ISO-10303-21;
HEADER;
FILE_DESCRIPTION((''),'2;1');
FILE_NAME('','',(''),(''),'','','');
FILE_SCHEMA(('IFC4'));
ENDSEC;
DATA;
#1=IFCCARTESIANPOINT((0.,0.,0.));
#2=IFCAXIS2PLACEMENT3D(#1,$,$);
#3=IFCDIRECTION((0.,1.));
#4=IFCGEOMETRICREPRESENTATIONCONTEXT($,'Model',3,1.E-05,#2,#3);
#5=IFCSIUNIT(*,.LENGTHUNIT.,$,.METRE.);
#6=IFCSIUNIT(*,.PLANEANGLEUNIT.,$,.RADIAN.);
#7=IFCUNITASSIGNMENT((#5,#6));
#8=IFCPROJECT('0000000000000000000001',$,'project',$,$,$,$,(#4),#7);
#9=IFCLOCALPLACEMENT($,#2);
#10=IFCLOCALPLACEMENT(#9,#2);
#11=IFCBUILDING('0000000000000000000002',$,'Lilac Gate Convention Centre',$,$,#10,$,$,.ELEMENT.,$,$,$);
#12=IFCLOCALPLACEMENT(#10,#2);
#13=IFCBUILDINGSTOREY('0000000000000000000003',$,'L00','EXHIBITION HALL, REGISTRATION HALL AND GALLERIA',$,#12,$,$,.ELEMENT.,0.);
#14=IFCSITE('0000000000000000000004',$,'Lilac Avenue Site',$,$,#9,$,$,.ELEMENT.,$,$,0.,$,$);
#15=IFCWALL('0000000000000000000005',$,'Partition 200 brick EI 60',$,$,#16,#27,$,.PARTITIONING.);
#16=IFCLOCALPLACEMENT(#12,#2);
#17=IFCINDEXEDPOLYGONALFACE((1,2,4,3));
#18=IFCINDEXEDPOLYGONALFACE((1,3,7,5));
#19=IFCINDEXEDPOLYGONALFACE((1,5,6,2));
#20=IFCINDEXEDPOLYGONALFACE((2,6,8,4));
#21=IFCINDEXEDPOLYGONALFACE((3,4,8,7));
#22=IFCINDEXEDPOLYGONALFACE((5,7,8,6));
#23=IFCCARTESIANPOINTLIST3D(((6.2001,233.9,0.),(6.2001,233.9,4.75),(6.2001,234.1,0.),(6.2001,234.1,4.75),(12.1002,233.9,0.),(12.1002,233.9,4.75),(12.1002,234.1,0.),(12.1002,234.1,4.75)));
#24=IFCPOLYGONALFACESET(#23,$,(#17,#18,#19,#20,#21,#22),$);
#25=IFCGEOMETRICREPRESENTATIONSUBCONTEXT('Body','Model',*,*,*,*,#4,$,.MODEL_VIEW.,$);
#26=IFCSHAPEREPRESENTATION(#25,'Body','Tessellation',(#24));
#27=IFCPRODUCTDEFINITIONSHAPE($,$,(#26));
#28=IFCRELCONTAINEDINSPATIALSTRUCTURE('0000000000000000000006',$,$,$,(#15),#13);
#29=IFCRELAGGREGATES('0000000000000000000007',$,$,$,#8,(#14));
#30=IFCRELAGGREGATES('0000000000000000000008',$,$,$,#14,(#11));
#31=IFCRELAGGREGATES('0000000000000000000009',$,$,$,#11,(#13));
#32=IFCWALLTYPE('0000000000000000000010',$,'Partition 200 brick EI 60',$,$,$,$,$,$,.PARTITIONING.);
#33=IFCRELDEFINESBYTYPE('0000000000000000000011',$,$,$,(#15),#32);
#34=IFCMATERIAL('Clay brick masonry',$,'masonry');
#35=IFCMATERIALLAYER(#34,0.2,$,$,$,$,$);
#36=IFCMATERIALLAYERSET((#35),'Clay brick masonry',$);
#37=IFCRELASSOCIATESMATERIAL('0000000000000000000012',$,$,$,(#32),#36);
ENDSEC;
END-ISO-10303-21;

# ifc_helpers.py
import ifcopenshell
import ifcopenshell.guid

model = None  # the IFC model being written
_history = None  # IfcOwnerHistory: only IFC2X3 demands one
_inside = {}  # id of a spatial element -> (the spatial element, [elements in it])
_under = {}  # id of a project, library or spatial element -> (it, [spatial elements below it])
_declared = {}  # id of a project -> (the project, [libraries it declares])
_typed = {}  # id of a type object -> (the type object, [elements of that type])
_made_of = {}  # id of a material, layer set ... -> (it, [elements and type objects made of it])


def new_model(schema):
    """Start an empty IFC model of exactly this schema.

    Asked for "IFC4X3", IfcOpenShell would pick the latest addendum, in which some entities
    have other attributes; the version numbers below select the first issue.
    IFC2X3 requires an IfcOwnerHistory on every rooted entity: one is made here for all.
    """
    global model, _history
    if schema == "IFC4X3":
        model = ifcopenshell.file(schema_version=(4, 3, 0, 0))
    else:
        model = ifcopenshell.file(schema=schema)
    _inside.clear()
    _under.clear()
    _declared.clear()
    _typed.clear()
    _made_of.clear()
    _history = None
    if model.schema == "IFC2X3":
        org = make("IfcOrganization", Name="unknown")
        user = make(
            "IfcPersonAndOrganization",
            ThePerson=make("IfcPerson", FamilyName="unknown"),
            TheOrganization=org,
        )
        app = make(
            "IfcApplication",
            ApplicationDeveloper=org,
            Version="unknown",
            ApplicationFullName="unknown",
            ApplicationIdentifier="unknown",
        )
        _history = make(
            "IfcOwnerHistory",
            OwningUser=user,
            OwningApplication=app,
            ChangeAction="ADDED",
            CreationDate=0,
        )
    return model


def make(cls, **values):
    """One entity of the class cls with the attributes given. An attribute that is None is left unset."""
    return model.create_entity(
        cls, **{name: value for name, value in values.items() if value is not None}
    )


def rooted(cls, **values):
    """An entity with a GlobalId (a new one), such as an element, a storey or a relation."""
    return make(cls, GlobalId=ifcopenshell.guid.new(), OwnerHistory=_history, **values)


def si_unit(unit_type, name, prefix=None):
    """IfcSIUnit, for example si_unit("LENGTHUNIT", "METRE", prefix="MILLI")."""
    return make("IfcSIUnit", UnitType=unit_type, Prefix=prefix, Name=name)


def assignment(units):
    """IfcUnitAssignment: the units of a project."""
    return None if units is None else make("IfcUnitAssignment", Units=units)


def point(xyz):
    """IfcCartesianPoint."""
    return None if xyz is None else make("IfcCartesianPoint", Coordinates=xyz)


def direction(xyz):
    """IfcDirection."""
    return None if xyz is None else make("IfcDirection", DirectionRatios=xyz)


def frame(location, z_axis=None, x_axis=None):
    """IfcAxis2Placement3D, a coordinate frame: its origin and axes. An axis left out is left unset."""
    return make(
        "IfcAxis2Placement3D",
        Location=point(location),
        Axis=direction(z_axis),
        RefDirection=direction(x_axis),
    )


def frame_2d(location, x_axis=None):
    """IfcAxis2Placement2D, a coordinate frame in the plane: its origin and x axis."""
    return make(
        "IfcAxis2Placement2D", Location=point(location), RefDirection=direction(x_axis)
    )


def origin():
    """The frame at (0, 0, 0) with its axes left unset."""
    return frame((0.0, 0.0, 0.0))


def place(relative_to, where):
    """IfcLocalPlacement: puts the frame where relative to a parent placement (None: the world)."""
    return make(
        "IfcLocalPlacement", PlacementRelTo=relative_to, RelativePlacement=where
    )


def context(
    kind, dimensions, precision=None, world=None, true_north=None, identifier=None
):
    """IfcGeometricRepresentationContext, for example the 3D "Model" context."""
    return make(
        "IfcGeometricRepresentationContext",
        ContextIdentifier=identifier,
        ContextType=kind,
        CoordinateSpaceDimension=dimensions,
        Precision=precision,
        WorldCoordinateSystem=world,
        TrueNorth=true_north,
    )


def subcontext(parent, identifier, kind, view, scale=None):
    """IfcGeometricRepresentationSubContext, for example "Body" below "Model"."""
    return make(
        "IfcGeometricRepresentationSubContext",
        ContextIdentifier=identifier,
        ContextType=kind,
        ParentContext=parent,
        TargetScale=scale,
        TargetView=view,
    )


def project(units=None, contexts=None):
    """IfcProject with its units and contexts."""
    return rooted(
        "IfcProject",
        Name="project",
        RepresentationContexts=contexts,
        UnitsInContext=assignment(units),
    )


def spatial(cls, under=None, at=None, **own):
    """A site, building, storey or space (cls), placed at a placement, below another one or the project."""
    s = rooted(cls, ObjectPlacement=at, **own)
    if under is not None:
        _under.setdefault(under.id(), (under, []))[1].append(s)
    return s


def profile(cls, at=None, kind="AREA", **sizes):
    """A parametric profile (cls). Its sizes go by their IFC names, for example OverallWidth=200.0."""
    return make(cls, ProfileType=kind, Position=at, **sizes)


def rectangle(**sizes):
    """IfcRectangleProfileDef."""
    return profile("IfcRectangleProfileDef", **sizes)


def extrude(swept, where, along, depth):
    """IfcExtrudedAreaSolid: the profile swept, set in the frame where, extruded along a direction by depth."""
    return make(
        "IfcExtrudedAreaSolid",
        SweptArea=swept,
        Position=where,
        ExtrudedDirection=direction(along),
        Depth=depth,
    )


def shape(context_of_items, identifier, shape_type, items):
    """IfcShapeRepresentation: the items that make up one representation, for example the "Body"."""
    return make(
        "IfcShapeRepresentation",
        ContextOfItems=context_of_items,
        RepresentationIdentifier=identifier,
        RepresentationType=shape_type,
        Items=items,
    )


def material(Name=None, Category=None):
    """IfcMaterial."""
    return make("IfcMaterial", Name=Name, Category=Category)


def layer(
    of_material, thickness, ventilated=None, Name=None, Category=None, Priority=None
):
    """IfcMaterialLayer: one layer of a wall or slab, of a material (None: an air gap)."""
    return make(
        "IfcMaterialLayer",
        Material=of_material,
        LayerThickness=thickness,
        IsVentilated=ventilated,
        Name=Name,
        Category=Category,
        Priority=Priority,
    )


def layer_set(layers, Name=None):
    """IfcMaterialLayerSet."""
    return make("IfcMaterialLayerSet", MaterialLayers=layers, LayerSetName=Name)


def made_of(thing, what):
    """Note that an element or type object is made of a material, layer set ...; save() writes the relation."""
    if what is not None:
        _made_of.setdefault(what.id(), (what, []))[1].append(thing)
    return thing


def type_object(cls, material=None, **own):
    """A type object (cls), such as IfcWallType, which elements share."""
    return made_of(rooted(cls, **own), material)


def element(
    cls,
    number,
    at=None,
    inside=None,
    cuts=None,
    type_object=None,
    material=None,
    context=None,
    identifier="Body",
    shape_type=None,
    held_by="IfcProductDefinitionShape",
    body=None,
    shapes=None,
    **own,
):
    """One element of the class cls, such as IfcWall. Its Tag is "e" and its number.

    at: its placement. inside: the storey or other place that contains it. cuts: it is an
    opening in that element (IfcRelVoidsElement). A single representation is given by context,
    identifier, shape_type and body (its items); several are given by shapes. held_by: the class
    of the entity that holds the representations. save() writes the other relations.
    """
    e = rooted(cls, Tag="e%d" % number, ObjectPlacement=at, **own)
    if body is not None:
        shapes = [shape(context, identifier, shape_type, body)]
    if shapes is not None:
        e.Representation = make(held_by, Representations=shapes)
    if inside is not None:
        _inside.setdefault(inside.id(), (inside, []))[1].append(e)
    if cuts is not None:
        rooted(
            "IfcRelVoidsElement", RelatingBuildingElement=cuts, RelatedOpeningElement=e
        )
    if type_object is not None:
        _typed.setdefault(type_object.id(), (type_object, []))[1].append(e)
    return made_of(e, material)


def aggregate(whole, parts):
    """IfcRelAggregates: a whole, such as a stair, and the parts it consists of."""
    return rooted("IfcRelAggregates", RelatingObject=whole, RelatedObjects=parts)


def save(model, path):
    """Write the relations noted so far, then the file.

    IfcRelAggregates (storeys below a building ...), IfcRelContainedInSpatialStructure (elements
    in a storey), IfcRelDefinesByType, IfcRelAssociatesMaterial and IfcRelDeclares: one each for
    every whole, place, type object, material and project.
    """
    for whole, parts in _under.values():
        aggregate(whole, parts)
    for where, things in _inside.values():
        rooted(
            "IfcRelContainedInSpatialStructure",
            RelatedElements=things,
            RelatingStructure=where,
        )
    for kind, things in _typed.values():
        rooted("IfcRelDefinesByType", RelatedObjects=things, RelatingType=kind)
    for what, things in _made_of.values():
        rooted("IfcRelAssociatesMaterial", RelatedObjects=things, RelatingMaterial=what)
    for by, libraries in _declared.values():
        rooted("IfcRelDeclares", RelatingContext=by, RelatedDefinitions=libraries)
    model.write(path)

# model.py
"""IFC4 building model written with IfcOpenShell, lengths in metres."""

from ifc_helpers import new_model, si_unit, direction, frame, frame_2d, origin, place, context, subcontext, project, spatial, rectangle, extrude, material, layer, layer_set, type_object, element, save


model = new_model("IFC4")

# Units and contexts
model_context = context("Model", 3, precision=1e-05, world=origin(), true_north=direction((0.0, 1.0)))
body_context = subcontext(model_context, "Body", "Model", "MODEL_VIEW")
ifc_project = project(units=[si_unit("LENGTHUNIT", "METRE"), si_unit("PLANEANGLEUNIT", "RADIAN")], contexts=[model_context])

# Site, building, storey
site_placement = place(None, origin())
site = spatial("IfcSite", under=ifc_project, at=site_placement, Name="Lilac Avenue Site", CompositionType="ELEMENT", RefElevation=0.0)
building_placement = place(site_placement, origin())
building = spatial("IfcBuilding", under=site, at=building_placement, Name="Lilac Gate Convention Centre", CompositionType="ELEMENT")
storey_placement = place(building_placement, origin())
storey = spatial("IfcBuildingStorey", under=building, at=storey_placement, Name="L00", Description="EXHIBITION HALL, REGISTRATION HALL AND GALLERIA", CompositionType="ELEMENT", Elevation=0.0)

# Shared definitions
ifc_material_1 = material(Name="Clay brick masonry", Category="masonry")

# Wall
ifc_layer_1 = layer(ifc_material_1, 0.2)
ifc_layer_set_1 = layer_set([ifc_layer_1], Name="Clay brick masonry")
wall_type_1 = type_object("IfcWallType", Name="Partition 200 brick EI 60", PredefinedType="PARTITIONING", material=ifc_layer_set_1)
wall_1_placement = place(storey_placement, frame((6.2, 234.0, 0.0), z_axis=(0.0, 0.0, 1.0), x_axis=(1.0, 0.0, 0.0)))
element("IfcWall", 1, at=wall_1_placement, inside=storey, type_object=wall_type_1, Name="Partition 200 brick EI 60", PredefinedType="PARTITIONING", context=body_context, shape_type="SweptSolid", body=[
    extrude(rectangle(XDim=5.9001, YDim=0.2, at=frame_2d((2.9502, 0.0))), origin(), (0.0, 0.0, 1.0), 4.75),
])

save(model, "model.ifc")
